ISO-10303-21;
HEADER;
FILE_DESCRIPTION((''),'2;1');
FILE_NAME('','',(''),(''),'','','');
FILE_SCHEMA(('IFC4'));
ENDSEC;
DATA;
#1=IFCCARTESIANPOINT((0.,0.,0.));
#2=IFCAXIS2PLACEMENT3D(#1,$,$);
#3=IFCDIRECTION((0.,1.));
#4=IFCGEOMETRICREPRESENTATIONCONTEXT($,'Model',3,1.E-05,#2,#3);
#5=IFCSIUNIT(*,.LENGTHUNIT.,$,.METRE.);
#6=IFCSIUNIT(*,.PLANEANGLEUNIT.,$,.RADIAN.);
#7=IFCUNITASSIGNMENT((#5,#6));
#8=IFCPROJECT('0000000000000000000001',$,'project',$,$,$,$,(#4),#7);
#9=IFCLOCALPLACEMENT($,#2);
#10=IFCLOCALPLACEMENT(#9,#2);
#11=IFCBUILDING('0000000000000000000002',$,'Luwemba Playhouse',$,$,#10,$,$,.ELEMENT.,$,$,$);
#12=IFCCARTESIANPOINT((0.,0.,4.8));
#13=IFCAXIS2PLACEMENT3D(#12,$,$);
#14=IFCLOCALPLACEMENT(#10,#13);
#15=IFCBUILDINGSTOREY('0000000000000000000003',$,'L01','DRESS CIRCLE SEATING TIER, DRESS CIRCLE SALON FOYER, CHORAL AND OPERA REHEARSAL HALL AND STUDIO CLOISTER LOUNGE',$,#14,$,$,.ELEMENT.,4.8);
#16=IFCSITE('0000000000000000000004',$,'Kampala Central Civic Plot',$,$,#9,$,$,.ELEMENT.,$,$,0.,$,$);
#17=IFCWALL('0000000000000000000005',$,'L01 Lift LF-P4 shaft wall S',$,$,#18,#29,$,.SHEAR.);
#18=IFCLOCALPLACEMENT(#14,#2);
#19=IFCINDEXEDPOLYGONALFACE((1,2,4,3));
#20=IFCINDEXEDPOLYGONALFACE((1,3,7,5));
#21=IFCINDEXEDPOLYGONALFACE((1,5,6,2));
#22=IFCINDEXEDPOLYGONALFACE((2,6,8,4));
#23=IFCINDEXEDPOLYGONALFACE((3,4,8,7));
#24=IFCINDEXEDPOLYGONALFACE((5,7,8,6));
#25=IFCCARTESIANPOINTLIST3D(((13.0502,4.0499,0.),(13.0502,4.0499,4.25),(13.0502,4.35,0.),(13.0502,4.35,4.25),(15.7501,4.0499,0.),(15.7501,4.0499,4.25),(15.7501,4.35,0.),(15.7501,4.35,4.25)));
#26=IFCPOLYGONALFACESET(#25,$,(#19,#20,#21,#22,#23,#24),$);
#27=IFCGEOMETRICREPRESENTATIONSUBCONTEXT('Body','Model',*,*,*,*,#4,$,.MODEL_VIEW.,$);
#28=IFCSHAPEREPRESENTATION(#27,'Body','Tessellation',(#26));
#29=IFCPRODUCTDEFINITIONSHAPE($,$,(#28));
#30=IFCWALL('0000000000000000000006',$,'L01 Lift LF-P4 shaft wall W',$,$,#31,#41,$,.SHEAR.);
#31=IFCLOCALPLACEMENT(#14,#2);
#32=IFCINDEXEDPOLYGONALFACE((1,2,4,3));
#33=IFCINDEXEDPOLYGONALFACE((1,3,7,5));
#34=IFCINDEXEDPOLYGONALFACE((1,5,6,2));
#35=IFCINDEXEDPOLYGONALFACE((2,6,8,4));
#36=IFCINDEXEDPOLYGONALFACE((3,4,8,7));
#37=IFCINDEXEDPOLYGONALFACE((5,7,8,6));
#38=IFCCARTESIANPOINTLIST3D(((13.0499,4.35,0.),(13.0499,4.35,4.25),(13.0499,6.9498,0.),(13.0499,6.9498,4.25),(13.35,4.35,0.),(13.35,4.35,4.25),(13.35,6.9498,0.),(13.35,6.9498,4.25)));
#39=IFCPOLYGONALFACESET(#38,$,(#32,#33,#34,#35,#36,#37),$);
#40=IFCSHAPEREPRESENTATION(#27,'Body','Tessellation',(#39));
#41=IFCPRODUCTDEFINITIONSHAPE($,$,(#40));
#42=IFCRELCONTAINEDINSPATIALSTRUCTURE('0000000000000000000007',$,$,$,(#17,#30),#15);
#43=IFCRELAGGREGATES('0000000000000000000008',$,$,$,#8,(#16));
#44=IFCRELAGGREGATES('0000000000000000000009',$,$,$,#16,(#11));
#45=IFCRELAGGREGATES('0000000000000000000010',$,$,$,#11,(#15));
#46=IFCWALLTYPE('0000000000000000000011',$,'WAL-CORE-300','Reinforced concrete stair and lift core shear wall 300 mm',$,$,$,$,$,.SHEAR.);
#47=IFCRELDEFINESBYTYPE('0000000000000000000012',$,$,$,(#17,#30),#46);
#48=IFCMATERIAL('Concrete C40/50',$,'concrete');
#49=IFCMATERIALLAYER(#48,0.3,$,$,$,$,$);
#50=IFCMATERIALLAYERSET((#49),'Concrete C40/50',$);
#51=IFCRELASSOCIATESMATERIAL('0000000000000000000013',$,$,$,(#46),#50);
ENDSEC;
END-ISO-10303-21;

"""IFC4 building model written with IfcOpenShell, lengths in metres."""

from ifc_helpers import new_model, si_unit, direction, frame, frame_2d, origin, place, context, subcontext, project, spatial, rectangle, extrude, material, layer, layer_set, type_object, element, save


model = new_model("IFC4")

# Units and contexts
model_context = context("Model", 3, precision=1e-05, world=origin(), true_north=direction((0.0, 1.0)))
body_context = subcontext(model_context, "Body", "Model", "MODEL_VIEW")
ifc_project = project(units=[si_unit("LENGTHUNIT", "METRE"), si_unit("PLANEANGLEUNIT", "RADIAN")], contexts=[model_context])

# Site, building, storey
site_placement = place(None, origin())
site = spatial("IfcSite", under=ifc_project, at=site_placement, Name="Kampala Central Civic Plot", CompositionType="ELEMENT", RefElevation=0.0)
building_placement = place(site_placement, origin())
building = spatial("IfcBuilding", under=site, at=building_placement, Name="Luwemba Playhouse", CompositionType="ELEMENT")
storey_placement = place(building_placement, frame((0.0, 0.0, 4.8)))
storey = spatial("IfcBuildingStorey", under=building, at=storey_placement, Name="L01", Description="DRESS CIRCLE SEATING TIER, DRESS CIRCLE SALON FOYER, CHORAL AND OPERA REHEARSAL HALL AND STUDIO CLOISTER LOUNGE", CompositionType="ELEMENT", Elevation=4.8)

# Shared definitions
ifc_material_1 = material(Name="Concrete C40/50", Category="concrete")

# Walls
ifc_layer_1 = layer(ifc_material_1, 0.3)
ifc_layer_set_1 = layer_set([ifc_layer_1], Name="Concrete C40/50")
wall_type = type_object("IfcWallType", Name="WAL-CORE-300", Description="Reinforced concrete stair and lift core shear wall 300 mm", PredefinedType="SHEAR", material=ifc_layer_set_1)
wall_1_placement = place(storey_placement, frame((13.05, 4.2, 0.0), z_axis=(0.0, 0.0, 1.0), x_axis=(1.0, 0.0, 0.0)))
element("IfcWall", 1, at=wall_1_placement, inside=storey, type_object=wall_type, Name="L01 Lift LF-P4 shaft wall S", PredefinedType="SHEAR", context=body_context, shape_type="SweptSolid", body=[
    extrude(rectangle(XDim=2.7, YDim=0.3, at=frame_2d((1.3501, 0.0))), origin(), (0.0, 0.0, 1.0), 4.25),
])
wall_2_placement = place(storey_placement, frame((13.2, 4.3501, 0.0), z_axis=(0.0, 0.0, 1.0), x_axis=(0.0, 1.0, 0.0)))
element("IfcWall", 2, at=wall_2_placement, inside=storey, type_object=wall_type, Name="L01 Lift LF-P4 shaft wall W", PredefinedType="SHEAR", context=body_context, shape_type="SweptSolid", body=[
    extrude(rectangle(XDim=2.5999, YDim=0.3, at=frame_2d((1.2998, 0.0))), origin(), (0.0, 0.0, 1.0), 4.25),
])

save(model, "model.ifc")
